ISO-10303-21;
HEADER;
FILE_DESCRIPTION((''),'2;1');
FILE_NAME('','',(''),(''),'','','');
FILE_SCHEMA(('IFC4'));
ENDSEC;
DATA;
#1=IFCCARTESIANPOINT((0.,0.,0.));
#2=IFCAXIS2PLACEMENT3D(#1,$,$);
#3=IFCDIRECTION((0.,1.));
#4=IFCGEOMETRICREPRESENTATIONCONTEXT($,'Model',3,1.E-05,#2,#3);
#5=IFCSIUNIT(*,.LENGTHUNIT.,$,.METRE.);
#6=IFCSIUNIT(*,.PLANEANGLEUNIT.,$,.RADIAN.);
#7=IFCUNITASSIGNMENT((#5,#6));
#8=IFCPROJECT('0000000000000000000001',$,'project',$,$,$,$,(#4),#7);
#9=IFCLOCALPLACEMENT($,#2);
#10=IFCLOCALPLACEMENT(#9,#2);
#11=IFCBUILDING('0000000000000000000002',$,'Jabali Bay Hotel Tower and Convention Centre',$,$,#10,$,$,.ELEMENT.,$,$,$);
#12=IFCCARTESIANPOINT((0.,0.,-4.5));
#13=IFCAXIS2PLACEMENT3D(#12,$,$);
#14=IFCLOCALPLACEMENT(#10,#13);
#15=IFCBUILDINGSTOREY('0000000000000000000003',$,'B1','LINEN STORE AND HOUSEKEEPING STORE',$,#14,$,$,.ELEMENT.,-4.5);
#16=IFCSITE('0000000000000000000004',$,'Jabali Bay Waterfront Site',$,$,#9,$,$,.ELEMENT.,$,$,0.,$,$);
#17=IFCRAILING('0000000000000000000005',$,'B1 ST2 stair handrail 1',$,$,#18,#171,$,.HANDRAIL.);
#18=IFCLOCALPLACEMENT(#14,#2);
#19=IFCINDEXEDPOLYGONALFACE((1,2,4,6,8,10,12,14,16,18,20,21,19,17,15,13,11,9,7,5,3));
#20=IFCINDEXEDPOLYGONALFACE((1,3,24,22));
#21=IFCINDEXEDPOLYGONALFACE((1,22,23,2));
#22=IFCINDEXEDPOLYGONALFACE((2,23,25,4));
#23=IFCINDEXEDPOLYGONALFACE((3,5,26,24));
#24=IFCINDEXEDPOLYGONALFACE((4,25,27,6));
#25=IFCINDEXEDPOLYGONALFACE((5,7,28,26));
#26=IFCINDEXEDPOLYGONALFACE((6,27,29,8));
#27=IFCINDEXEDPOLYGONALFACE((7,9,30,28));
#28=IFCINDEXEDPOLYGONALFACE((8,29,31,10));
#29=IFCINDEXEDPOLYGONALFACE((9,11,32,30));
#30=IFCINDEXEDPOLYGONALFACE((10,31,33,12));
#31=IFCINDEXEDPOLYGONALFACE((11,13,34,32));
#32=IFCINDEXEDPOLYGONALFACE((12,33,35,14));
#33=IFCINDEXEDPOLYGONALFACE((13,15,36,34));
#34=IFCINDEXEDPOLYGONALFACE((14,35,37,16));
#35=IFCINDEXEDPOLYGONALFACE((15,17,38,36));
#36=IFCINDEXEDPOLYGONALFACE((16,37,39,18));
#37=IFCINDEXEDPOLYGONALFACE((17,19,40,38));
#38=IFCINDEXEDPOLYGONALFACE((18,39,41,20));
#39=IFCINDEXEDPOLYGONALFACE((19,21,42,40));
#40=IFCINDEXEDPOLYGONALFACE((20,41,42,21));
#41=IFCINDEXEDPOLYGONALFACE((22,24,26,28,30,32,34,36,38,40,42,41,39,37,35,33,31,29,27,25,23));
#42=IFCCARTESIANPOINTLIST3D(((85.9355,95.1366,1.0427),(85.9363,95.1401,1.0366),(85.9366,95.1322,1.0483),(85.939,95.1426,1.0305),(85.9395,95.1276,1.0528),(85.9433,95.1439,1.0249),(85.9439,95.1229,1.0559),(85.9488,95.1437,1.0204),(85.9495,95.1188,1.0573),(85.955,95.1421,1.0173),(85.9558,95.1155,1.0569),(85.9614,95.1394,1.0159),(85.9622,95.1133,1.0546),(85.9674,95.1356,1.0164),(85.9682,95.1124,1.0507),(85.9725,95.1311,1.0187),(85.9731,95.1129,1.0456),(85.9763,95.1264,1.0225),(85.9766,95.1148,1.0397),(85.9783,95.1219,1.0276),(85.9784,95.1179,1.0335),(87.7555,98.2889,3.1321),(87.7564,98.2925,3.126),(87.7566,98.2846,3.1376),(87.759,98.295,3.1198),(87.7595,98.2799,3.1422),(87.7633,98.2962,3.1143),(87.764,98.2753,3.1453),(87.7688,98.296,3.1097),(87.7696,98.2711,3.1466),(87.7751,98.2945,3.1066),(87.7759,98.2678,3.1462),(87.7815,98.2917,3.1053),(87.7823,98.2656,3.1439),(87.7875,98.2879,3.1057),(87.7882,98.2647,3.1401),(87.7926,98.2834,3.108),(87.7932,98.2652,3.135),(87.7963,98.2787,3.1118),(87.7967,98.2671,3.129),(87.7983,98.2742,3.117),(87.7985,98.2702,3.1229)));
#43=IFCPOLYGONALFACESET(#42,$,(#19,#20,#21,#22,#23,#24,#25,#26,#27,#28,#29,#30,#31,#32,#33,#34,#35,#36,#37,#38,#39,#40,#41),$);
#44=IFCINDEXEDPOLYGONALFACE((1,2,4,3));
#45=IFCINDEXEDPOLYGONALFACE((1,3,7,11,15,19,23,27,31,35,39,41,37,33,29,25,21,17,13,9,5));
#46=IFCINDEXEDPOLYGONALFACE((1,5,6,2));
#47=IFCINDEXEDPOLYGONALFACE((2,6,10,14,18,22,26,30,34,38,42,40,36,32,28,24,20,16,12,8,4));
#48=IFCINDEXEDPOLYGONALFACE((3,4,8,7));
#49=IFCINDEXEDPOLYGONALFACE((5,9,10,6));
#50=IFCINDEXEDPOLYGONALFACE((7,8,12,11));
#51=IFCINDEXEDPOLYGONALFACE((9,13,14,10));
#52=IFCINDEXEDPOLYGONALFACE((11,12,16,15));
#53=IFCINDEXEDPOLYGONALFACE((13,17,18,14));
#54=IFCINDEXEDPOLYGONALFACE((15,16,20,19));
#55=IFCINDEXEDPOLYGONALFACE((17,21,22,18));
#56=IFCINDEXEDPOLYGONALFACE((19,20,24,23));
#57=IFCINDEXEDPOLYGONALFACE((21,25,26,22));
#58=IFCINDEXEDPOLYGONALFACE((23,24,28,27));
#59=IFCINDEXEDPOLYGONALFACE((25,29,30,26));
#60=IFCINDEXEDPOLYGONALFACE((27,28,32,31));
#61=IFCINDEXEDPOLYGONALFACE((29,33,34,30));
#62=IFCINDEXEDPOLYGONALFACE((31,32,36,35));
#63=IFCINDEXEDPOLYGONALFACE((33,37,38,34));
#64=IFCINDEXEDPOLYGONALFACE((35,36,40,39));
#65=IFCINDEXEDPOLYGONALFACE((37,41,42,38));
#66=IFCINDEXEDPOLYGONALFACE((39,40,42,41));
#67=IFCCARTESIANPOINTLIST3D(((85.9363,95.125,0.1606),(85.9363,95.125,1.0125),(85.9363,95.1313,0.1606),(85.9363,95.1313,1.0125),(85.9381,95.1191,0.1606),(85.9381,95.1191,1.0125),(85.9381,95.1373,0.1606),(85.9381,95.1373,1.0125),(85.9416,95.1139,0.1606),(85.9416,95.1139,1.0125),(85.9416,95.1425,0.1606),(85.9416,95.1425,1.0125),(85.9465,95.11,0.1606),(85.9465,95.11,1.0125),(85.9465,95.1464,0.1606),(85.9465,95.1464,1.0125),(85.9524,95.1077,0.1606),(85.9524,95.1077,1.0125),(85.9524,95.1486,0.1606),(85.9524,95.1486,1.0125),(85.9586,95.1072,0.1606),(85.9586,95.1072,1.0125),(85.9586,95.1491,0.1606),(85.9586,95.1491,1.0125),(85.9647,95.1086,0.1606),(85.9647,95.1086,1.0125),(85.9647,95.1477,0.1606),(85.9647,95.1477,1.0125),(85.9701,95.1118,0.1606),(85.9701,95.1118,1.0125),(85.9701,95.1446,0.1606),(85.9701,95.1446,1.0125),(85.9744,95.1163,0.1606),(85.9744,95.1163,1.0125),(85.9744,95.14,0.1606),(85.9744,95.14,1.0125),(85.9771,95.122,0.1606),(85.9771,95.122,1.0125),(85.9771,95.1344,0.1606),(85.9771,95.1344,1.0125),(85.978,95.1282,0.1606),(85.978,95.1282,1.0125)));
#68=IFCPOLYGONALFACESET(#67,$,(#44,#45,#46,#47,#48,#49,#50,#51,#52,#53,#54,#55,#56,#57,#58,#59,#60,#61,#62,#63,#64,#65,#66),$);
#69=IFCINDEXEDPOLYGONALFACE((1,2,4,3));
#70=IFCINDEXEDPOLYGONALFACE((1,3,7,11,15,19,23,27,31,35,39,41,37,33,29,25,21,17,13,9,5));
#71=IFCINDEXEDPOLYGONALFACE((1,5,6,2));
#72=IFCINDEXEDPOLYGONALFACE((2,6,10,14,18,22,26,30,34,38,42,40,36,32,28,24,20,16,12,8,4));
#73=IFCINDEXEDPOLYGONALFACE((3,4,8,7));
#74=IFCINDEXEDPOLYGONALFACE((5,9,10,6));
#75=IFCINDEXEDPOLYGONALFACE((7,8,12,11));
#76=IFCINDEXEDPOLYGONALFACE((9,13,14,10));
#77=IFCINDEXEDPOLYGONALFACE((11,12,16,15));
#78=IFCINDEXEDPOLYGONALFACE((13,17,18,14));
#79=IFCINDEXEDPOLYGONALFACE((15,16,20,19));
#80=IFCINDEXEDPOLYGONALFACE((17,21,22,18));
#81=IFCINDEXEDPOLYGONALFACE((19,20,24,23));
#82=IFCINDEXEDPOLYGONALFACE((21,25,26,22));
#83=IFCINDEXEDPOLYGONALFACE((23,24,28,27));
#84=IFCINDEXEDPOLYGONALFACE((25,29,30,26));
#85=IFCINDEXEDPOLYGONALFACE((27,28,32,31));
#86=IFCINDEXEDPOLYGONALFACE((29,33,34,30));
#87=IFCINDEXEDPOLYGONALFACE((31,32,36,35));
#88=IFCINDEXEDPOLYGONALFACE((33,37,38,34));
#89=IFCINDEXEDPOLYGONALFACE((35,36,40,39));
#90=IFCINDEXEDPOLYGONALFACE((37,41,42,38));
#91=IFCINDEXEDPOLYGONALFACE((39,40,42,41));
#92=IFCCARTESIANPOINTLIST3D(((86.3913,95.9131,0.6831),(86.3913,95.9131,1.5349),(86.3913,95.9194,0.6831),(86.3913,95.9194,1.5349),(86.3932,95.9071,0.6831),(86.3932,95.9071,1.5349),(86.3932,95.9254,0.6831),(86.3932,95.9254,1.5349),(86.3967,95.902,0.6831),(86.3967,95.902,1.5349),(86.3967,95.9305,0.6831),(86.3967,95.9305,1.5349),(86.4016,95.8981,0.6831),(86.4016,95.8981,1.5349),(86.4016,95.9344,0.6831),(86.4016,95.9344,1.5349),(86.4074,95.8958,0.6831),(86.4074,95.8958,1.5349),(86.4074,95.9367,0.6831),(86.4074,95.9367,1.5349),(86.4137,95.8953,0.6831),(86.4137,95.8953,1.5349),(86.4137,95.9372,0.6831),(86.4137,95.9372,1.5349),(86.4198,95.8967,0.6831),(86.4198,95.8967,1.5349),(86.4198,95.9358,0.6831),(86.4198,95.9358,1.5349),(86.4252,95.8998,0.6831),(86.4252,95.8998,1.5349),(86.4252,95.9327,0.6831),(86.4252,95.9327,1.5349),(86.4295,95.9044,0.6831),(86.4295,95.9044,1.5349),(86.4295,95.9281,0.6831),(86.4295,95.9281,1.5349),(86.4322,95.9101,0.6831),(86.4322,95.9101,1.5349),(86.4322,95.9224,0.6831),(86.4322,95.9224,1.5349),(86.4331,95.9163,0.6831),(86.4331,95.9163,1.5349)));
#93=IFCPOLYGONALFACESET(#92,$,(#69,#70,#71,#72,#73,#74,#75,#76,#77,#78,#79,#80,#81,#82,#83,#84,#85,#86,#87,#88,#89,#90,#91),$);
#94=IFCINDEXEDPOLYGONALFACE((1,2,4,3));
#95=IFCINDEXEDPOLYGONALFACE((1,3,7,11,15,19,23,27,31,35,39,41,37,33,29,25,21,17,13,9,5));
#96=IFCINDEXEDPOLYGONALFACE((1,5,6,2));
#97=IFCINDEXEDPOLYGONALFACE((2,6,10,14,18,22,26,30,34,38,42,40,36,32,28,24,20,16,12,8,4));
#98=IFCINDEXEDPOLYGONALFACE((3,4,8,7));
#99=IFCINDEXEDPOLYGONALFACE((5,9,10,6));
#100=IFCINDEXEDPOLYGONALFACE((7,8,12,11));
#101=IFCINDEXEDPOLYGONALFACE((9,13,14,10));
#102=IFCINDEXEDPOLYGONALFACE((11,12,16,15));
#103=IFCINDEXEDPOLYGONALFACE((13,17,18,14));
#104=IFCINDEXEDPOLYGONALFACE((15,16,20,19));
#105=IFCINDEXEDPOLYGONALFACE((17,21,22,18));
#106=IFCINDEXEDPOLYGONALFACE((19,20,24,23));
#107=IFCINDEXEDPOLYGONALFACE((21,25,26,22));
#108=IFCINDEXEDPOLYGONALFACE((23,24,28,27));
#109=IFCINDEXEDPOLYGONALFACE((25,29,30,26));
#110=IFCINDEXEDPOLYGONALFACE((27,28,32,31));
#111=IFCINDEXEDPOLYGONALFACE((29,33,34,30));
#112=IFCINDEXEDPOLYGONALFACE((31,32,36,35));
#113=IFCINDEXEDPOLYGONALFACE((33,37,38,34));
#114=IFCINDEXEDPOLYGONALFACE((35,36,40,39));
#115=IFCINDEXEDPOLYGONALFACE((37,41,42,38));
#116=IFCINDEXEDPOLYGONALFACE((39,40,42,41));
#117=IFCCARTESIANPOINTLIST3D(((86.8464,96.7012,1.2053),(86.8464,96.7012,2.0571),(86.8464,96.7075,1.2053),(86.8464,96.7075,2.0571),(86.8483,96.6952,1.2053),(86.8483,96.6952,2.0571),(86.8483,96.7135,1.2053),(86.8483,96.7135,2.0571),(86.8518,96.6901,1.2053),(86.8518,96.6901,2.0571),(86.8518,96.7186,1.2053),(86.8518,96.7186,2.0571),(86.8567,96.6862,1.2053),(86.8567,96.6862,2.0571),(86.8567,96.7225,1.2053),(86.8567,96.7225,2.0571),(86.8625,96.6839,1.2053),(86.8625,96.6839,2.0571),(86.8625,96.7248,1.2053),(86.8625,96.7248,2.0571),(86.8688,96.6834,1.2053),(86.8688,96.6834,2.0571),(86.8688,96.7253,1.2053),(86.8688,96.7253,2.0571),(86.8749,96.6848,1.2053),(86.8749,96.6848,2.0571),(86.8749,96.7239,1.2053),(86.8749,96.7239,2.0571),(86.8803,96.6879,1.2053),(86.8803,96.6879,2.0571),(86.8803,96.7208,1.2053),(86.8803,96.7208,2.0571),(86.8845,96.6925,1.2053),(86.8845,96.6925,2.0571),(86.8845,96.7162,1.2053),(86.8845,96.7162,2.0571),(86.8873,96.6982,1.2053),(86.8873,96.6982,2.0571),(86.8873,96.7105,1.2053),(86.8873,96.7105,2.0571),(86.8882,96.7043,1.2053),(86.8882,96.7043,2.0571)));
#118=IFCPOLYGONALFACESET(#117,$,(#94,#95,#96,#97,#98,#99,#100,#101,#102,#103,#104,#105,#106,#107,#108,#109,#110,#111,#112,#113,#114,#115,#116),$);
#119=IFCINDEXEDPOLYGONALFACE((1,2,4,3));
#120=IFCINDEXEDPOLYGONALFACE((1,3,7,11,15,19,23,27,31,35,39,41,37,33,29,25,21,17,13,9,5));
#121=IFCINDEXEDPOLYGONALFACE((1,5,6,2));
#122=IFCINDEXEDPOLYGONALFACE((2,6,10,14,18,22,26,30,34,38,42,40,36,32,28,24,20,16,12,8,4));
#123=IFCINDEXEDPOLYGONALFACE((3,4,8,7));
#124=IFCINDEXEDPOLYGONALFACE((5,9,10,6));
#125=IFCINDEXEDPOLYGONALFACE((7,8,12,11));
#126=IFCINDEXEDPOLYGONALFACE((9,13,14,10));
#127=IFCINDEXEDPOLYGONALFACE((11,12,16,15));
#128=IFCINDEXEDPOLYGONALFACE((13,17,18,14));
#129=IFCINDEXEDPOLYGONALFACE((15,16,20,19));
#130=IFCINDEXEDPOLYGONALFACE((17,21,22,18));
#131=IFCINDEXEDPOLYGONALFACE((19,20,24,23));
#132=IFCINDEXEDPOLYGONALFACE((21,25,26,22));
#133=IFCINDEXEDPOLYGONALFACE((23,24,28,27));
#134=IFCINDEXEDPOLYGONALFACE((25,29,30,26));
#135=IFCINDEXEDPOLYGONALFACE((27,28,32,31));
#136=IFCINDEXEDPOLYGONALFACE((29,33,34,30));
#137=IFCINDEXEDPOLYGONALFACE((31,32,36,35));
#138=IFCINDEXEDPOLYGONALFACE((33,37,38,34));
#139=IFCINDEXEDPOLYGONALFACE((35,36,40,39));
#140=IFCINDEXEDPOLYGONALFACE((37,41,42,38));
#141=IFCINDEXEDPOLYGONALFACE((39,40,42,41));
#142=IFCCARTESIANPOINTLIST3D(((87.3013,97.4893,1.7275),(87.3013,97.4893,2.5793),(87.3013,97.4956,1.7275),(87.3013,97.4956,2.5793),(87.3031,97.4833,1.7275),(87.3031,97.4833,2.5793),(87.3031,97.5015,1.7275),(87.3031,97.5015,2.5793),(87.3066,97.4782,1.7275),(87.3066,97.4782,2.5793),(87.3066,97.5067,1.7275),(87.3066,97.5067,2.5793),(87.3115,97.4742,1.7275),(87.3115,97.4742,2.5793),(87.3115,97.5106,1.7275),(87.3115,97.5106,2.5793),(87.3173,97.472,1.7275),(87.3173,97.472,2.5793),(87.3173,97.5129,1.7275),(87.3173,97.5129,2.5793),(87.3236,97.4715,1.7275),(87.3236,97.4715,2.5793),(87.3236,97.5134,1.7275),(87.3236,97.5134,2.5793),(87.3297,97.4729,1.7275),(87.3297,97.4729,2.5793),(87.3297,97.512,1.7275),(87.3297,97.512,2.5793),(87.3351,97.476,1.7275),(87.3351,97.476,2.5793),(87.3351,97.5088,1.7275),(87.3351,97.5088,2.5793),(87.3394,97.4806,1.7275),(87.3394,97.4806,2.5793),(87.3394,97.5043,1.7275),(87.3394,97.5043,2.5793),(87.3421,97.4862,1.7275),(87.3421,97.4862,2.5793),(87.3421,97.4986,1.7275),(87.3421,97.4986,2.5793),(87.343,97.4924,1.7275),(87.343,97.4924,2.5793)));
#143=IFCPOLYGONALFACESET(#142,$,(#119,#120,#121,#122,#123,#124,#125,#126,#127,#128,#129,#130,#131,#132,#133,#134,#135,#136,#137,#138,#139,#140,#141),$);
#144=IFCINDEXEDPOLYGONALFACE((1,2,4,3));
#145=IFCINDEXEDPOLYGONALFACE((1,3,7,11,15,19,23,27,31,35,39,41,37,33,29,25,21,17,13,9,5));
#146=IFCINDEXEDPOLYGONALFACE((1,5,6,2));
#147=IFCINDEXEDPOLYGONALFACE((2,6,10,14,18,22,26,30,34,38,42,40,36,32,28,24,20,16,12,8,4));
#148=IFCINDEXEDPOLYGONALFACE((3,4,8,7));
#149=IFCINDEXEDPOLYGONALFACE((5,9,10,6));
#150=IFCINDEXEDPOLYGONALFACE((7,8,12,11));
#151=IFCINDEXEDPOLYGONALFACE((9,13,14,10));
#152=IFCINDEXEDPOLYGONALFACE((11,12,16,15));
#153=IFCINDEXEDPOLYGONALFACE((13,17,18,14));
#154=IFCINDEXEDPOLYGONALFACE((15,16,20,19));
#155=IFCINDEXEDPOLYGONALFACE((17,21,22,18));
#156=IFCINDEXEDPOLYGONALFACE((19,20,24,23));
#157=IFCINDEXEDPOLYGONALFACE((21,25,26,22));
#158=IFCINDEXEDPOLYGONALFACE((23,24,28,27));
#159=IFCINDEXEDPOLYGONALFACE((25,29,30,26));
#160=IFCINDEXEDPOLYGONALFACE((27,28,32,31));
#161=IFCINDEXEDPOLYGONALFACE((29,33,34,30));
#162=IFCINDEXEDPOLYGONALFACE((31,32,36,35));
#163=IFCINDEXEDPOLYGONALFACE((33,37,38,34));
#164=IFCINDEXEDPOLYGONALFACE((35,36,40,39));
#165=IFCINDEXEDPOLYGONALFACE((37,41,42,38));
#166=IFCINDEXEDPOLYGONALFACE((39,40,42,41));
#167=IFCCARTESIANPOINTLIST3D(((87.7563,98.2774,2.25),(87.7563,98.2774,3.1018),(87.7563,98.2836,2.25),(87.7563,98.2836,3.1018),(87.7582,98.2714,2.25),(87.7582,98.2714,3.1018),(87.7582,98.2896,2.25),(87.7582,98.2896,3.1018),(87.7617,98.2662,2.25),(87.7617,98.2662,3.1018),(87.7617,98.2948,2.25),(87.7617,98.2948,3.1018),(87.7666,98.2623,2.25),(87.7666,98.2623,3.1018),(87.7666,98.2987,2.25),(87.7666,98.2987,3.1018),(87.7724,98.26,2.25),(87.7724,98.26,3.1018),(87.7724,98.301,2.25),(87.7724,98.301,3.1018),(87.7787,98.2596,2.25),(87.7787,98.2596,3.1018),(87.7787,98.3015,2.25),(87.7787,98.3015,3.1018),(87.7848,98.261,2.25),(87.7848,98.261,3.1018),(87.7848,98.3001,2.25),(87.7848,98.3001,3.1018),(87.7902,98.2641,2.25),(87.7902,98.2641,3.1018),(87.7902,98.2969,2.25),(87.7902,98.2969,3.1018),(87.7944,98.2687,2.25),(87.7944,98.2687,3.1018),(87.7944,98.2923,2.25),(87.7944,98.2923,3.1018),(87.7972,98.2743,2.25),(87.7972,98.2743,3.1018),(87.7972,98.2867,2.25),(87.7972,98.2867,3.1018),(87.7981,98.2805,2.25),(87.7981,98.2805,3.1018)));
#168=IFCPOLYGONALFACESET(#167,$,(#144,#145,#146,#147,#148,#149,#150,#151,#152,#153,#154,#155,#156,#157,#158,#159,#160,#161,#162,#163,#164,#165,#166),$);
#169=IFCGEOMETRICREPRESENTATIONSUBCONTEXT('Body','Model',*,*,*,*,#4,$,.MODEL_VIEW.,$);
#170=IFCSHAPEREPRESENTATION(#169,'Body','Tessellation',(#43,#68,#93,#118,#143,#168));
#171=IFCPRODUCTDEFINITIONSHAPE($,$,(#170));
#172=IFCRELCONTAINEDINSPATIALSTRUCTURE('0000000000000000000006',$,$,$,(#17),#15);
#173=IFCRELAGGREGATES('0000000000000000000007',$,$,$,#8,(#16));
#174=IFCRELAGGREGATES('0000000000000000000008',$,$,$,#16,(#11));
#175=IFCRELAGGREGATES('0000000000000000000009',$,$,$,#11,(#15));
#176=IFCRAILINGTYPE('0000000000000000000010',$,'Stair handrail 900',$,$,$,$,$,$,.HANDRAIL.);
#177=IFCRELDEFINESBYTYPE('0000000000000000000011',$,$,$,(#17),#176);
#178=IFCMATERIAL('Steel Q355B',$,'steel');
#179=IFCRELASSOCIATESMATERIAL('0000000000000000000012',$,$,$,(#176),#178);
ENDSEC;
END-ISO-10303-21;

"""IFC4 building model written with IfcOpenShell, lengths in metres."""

from ifc_helpers import new_model, si_unit, direction, frame, origin, origin_2d, place, context, subcontext, project, spatial, circle, extrude, material, type_object, element, save


model = new_model("IFC4")

# Units and contexts
model_context = context("Model", 3, precision=1e-05, world=origin(), true_north=direction((0.0, 1.0)))
body_context = subcontext(model_context, "Body", "Model", "MODEL_VIEW")
ifc_project = project(units=[si_unit("LENGTHUNIT", "METRE"), si_unit("PLANEANGLEUNIT", "RADIAN")], contexts=[model_context])

# Site, building, storey
site_placement = place(None, origin())
site = spatial("IfcSite", under=ifc_project, at=site_placement, Name="Jabali Bay Waterfront Site", CompositionType="ELEMENT", RefElevation=0.0)
building_placement = place(site_placement, origin())
building = spatial("IfcBuilding", under=site, at=building_placement, Name="Jabali Bay Hotel Tower and Convention Centre", CompositionType="ELEMENT")
storey_placement = place(building_placement, frame((0.0, 0.0, -4.5)))
storey = spatial("IfcBuildingStorey", under=building, at=storey_placement, Name="B1", Description="LINEN STORE AND HOUSEKEEPING STORE", CompositionType="ELEMENT", Elevation=-4.5)

# Railing
ifc_material_1 = material(Name="Steel Q355B", Category="steel")
railing_type_1 = type_object("IfcRailingType", Name="Stair handrail 900", PredefinedType="HANDRAIL", material=ifc_material_1)
railing_1_placement = place(storey_placement, frame((85.957, 95.1282, 0.1606)))
element("IfcRailing", 1, at=railing_1_placement, inside=storey, type_object=railing_type_1, Name="B1 ST2 stair handrail 1", PredefinedType="HANDRAIL", context=body_context, shape_type="SweptSolid", body=[
    extrude(circle(Radius=0.0239, at=origin_2d()), frame((0.0, 0.0, 0.876), z_axis=(0.433653, 0.751084, 0.497814), x_axis=(-0.866018, 0.500013, 0.0)), (0.0, 0.0, 1.0), 4.197),
    extrude(circle(Radius=0.021, at=origin_2d()), origin(), (0.0, 0.0, 1.0), 0.8518),
    extrude(circle(Radius=0.021, at=origin_2d()), frame((0.4551, 0.7881, 0.5225)), (0.0, 0.0, 1.0), 0.8518),
    extrude(circle(Radius=0.021, at=origin_2d()), frame((0.9102, 1.5762, 1.0447)), (0.0, 0.0, 1.0), 0.8518),
    extrude(circle(Radius=0.021, at=origin_2d()), frame((1.365, 2.3643, 1.5669)), (0.0, 0.0, 1.0), 0.8518),
    extrude(circle(Radius=0.021, at=origin_2d()), frame((1.8201, 3.1523, 2.0894)), (0.0, 0.0, 1.0), 0.8518),
])

save(model, "model.ifc")
